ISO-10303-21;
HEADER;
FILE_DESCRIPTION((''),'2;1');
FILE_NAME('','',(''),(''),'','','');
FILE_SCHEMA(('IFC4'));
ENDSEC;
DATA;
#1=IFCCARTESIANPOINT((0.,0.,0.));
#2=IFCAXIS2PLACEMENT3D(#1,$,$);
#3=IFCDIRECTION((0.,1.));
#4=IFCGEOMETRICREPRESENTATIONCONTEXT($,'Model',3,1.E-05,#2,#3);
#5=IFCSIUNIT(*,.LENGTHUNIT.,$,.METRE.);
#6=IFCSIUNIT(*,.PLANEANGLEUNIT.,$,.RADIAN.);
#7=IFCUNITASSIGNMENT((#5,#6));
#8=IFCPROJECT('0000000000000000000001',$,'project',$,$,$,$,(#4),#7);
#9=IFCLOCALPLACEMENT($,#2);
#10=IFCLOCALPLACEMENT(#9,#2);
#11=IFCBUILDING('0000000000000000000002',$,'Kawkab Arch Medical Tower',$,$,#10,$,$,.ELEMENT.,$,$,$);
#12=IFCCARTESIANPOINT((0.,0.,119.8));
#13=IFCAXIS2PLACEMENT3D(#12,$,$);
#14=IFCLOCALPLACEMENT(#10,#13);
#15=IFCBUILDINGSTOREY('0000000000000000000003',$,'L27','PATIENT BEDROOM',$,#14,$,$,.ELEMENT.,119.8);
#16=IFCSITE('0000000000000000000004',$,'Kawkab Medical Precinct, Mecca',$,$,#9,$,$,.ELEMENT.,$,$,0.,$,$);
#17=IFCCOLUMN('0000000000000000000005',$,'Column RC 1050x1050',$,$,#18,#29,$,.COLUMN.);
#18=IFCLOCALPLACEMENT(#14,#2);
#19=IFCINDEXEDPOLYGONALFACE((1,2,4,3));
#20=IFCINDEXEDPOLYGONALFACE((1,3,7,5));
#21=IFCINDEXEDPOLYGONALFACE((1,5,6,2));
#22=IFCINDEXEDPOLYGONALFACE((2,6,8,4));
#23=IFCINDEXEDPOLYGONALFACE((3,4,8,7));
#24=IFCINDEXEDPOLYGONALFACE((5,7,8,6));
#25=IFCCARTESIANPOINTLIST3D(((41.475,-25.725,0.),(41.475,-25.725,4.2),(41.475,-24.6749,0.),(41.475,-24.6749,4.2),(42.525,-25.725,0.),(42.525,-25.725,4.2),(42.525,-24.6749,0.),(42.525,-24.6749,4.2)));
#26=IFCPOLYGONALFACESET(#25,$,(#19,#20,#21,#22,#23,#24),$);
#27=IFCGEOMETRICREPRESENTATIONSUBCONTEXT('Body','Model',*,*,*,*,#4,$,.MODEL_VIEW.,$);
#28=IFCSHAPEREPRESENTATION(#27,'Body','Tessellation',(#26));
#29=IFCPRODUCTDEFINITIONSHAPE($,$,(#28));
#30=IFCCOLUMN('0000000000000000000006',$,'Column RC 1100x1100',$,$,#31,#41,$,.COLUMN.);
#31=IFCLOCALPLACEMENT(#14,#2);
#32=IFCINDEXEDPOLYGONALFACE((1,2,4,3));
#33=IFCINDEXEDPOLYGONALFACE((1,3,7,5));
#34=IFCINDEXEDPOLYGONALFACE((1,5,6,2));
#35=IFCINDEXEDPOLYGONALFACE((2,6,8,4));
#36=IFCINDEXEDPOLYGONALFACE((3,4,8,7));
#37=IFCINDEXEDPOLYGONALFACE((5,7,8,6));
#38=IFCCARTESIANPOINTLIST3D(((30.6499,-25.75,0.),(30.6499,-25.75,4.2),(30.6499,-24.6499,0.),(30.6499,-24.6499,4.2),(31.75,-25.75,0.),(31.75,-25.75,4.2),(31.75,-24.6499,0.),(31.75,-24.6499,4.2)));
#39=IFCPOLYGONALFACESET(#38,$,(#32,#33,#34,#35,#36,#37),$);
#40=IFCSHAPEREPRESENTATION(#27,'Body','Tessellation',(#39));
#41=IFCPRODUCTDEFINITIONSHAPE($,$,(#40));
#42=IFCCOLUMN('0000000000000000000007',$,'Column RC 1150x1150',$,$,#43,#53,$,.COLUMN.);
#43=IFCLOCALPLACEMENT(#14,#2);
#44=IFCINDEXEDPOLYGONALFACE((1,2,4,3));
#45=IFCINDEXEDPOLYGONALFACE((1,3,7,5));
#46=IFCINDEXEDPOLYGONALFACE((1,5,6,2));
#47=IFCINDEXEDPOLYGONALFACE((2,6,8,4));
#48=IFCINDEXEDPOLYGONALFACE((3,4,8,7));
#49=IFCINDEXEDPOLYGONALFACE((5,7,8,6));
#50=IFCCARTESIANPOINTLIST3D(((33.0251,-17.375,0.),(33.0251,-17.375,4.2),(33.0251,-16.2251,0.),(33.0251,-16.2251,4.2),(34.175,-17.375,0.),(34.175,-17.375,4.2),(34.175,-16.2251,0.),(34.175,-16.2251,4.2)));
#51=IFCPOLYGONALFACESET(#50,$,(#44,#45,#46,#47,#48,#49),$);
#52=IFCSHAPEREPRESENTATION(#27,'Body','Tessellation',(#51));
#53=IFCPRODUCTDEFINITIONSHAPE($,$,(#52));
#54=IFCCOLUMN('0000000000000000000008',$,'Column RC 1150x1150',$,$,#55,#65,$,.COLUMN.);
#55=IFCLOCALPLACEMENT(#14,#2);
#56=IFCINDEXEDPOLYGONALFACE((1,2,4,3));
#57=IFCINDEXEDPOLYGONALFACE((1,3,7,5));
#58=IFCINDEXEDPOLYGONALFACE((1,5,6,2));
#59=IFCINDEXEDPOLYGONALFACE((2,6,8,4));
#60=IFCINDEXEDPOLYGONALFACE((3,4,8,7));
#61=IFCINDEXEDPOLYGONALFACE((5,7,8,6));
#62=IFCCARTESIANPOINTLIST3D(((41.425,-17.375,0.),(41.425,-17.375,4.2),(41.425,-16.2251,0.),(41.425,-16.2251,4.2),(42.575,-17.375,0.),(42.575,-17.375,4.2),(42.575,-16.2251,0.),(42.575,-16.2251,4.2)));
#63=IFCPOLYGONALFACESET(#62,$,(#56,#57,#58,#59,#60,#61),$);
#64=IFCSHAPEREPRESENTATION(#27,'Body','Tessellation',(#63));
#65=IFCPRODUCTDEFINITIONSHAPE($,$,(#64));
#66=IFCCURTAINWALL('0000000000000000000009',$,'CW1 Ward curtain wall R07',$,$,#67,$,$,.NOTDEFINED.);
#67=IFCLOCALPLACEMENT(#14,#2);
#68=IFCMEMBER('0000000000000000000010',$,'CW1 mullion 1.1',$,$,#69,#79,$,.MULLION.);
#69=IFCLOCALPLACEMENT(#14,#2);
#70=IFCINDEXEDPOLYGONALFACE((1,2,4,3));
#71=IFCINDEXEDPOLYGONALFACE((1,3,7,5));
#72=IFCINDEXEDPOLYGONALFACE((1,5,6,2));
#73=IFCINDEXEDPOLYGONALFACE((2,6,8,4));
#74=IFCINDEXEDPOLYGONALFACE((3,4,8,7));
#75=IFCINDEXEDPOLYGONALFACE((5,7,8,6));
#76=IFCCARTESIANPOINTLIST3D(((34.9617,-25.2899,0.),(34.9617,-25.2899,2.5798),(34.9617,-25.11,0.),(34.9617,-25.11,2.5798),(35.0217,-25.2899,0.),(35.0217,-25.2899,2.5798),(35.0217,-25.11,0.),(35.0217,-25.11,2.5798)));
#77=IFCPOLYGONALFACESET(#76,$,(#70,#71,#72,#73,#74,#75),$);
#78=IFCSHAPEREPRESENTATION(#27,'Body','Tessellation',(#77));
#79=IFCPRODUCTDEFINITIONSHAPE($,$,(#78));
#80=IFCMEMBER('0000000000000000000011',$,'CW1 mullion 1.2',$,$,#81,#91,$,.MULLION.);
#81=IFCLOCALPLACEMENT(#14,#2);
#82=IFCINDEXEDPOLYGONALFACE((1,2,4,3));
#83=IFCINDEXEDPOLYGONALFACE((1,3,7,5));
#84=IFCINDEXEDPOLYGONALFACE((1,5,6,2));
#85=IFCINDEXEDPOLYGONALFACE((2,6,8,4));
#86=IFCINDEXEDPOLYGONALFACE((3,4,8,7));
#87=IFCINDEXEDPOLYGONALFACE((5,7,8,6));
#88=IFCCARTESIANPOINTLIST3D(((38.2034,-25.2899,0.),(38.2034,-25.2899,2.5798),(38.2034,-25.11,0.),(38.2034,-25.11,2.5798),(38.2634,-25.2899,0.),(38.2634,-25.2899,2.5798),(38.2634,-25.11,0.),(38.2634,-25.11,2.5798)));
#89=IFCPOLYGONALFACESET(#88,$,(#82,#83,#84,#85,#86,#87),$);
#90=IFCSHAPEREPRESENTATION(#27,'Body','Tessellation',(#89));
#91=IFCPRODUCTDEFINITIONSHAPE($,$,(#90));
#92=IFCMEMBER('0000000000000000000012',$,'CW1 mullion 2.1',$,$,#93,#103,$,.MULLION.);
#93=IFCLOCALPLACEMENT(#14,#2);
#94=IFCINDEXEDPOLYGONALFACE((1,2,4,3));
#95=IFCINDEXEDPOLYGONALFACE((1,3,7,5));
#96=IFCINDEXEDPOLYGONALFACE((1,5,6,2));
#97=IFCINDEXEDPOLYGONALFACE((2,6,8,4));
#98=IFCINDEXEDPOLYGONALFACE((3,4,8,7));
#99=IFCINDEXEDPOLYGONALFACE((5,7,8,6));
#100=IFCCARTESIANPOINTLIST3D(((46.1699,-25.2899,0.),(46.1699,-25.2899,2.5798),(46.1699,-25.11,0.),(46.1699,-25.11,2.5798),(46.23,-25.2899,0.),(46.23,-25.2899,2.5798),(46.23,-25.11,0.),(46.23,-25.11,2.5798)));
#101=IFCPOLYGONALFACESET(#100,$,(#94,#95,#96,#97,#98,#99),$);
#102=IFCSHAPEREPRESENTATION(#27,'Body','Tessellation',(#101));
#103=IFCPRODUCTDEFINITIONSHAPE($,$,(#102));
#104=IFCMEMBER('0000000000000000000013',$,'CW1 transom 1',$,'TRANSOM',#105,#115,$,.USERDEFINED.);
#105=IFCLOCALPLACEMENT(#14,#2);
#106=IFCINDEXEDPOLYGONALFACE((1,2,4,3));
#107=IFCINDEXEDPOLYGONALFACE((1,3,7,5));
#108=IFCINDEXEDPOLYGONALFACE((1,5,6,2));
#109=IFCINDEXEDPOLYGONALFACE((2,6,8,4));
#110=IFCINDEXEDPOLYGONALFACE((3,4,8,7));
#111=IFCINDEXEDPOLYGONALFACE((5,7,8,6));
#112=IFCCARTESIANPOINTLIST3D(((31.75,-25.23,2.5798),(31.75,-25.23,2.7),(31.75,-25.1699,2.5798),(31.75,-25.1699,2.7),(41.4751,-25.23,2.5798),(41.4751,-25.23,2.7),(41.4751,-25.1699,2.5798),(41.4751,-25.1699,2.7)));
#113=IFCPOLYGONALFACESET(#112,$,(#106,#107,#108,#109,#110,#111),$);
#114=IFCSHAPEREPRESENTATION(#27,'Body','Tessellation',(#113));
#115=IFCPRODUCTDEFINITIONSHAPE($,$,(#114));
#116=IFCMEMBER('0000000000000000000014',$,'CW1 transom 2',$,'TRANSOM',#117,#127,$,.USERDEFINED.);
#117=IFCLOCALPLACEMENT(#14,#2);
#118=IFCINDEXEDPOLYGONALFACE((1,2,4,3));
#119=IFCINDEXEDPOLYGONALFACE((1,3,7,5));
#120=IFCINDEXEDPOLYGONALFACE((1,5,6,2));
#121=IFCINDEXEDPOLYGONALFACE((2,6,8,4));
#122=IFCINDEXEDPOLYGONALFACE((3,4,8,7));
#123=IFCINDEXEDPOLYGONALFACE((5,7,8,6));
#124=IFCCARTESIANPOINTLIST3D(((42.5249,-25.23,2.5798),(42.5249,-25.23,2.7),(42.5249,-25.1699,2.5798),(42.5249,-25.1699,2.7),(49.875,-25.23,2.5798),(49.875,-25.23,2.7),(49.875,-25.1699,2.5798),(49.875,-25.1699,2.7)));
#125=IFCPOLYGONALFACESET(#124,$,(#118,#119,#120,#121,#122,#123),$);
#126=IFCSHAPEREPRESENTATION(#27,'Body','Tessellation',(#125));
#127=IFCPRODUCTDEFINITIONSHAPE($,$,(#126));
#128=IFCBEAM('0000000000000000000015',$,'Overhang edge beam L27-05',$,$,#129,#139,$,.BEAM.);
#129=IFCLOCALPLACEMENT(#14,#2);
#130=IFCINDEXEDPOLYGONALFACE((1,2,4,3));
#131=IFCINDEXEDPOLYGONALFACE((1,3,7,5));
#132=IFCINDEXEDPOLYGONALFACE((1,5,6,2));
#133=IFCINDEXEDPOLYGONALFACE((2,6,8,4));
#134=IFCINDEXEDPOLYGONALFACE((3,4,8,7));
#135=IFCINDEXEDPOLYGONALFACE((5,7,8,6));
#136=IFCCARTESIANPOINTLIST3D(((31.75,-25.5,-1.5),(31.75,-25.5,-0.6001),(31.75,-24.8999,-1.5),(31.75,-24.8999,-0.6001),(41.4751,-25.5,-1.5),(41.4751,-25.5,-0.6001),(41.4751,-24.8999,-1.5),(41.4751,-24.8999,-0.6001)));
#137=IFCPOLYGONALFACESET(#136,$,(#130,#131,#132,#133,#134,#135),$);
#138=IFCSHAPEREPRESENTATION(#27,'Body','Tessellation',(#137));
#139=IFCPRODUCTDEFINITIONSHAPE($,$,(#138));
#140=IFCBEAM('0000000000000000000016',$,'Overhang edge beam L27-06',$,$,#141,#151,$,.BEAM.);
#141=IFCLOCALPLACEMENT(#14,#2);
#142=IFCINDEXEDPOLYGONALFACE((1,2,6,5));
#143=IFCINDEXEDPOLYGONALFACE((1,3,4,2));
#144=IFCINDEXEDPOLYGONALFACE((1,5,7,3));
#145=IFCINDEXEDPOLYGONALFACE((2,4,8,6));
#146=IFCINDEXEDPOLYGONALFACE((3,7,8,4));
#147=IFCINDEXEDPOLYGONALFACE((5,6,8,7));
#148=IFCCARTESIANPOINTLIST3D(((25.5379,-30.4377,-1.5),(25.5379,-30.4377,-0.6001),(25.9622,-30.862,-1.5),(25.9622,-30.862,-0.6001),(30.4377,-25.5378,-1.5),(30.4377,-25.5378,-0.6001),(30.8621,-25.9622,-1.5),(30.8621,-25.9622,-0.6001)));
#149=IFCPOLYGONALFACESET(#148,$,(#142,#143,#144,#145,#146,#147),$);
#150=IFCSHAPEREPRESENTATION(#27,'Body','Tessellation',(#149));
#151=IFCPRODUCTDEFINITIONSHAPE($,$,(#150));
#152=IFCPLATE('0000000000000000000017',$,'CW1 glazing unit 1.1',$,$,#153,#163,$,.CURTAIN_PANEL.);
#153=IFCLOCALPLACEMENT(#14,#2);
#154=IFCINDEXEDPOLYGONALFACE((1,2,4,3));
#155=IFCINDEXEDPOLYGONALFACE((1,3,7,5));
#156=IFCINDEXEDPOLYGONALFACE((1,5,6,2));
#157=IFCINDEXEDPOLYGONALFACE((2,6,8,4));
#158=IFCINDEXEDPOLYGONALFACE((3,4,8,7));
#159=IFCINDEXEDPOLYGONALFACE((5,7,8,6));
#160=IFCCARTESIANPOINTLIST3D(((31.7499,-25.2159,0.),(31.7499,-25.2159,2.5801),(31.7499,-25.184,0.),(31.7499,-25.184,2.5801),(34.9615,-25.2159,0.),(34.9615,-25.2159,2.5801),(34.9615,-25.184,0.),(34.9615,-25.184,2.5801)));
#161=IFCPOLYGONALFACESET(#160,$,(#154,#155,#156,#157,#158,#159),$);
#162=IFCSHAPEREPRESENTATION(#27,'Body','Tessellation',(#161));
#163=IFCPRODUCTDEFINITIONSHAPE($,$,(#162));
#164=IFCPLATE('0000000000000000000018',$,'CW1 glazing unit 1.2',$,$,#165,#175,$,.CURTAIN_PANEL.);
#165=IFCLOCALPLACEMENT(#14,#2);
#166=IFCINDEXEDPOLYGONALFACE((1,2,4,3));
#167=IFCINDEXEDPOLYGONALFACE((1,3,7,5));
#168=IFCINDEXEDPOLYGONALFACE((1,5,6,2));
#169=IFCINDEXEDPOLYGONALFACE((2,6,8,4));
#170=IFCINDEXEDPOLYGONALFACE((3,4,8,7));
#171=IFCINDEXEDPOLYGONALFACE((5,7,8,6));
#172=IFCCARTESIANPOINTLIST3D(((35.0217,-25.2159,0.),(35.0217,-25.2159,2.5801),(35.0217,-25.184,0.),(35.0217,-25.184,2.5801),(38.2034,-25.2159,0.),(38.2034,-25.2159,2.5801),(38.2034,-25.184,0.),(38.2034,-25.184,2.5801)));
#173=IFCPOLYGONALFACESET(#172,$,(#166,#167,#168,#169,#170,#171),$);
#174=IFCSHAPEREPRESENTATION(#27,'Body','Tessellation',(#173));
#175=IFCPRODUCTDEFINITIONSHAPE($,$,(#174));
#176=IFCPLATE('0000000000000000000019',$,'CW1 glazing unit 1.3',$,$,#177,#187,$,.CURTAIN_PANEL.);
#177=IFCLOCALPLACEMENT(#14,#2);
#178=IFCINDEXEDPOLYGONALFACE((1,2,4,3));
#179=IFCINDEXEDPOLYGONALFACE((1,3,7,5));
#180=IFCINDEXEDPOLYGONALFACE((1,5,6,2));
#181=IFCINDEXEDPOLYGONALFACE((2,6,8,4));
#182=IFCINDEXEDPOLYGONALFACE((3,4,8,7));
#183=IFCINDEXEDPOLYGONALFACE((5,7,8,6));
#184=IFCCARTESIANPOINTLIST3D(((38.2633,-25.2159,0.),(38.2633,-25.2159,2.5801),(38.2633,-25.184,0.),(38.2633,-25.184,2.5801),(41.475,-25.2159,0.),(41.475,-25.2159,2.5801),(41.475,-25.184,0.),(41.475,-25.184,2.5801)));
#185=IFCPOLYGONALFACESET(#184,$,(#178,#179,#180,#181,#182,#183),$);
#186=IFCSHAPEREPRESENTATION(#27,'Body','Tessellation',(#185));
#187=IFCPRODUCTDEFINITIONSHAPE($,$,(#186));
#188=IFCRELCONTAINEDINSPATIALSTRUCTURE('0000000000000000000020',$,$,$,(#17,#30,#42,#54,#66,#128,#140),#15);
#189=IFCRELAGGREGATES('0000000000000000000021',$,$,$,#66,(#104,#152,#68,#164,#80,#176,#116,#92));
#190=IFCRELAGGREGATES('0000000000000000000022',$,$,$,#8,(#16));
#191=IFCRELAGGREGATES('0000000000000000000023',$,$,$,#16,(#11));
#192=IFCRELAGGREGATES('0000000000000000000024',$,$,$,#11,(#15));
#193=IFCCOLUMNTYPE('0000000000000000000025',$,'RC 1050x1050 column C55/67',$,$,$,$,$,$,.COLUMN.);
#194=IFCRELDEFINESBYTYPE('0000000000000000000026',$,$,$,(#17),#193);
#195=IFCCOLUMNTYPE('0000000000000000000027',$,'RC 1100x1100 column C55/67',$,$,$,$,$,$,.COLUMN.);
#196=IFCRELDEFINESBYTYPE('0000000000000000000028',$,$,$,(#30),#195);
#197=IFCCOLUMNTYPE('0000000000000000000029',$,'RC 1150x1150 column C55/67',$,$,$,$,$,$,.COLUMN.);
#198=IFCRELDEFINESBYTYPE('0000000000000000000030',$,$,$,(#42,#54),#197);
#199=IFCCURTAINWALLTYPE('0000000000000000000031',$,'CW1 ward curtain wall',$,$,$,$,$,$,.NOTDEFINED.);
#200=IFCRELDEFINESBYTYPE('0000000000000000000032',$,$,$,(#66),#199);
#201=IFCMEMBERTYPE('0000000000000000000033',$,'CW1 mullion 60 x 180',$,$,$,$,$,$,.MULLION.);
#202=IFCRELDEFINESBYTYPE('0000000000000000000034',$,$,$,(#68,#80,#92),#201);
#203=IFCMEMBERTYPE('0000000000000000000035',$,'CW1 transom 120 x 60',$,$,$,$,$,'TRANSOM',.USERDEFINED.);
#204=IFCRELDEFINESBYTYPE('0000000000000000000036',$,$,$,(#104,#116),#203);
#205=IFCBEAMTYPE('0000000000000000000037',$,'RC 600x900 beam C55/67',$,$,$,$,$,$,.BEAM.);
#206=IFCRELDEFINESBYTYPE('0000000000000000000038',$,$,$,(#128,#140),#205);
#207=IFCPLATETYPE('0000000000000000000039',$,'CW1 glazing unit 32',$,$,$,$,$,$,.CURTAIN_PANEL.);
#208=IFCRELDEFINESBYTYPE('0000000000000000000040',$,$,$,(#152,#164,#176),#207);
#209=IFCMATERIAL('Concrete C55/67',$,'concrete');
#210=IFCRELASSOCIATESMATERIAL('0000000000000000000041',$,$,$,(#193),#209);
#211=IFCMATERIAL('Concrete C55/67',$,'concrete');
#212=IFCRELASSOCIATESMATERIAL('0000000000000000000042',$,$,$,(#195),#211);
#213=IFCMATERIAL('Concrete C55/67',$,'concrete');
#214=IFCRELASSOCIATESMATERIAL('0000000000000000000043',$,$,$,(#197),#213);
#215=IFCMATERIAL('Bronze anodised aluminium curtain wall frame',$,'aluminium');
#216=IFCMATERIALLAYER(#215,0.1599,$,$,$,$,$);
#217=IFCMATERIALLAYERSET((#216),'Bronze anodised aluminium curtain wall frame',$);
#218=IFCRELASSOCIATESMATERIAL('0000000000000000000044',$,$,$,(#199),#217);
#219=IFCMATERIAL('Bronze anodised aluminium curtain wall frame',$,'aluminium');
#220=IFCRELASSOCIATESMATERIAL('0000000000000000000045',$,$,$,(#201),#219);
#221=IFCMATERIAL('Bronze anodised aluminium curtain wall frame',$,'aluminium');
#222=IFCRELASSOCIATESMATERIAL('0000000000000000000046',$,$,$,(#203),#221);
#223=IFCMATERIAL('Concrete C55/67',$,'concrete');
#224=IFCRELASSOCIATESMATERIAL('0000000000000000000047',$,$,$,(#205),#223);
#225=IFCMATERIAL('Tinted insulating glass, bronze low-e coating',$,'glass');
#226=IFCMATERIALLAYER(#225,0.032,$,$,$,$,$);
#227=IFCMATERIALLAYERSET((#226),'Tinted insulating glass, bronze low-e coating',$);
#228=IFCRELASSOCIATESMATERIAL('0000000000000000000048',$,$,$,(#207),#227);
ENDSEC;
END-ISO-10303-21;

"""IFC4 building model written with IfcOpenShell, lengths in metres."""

from ifc_helpers import new_model, si_unit, direction, frame, origin, origin_2d, place, context, subcontext, project, spatial, rectangle, extrude, material, layer, layer_set, material_profile, profile_set, type_object, element, aggregate, save


model = new_model("IFC4")

# Units and contexts
model_context = context("Model", 3, precision=1e-05, world=origin(), true_north=direction((0.0, 1.0)))
body_context = subcontext(model_context, "Body", "Model", "MODEL_VIEW")
ifc_project = project(units=[si_unit("LENGTHUNIT", "METRE"), si_unit("PLANEANGLEUNIT", "RADIAN")], contexts=[model_context])

# Site, building, storey
site_placement = place(None, origin())
site = spatial("IfcSite", under=ifc_project, at=site_placement, Name="Kawkab Medical Precinct, Mecca", CompositionType="ELEMENT", RefElevation=0.0)
building_placement = place(site_placement, origin())
building = spatial("IfcBuilding", under=site, at=building_placement, Name="Kawkab Arch Medical Tower", CompositionType="ELEMENT")
storey_placement = place(building_placement, frame((0.0, 0.0, 119.8)))
storey = spatial("IfcBuildingStorey", under=building, at=storey_placement, Name="L27", Description="PATIENT BEDROOM", CompositionType="ELEMENT", Elevation=119.8)

# Columns
ifc_material_1 = material(Name="Concrete C55/67", Category="concrete")
ifc_material_profile_1 = material_profile(ifc_material_1, rectangle(XDim=1.05, YDim=1.05, at=origin_2d()), Name="RC 1050x1050")
ifc_profile_set_1 = profile_set([ifc_material_profile_1], Name="Concrete C55/67")
column_type_1 = type_object("IfcColumnType", Name="RC 1050x1050 column C55/67", PredefinedType="COLUMN", material=ifc_profile_set_1)
column_1_placement = place(storey_placement, frame((42.0, -25.2, 0.0), z_axis=(0.0, 0.0, 1.0), x_axis=(1.0, 0.0, 0.0)))
element("IfcColumn", 1, at=column_1_placement, inside=storey, type_object=column_type_1, Name="Column RC 1050x1050", PredefinedType="COLUMN", context=body_context, shape_type="SweptSolid", body=[
    extrude(rectangle(XDim=1.05, YDim=1.05, at=origin_2d()), origin(), (0.0, 0.0, 1.0), 4.2),
])
ifc_material_2 = material(Name="Concrete C55/67", Category="concrete")
ifc_material_profile_2 = material_profile(ifc_material_2, rectangle(XDim=1.1001, YDim=1.1001, at=origin_2d()), Name="RC 1100x1100")
ifc_profile_set_2 = profile_set([ifc_material_profile_2], Name="Concrete C55/67")
column_type_2 = type_object("IfcColumnType", Name="RC 1100x1100 column C55/67", PredefinedType="COLUMN", material=ifc_profile_set_2)
column_2_placement = place(storey_placement, frame((31.2, -25.2, 0.0), z_axis=(0.0, 0.0, 1.0), x_axis=(1.0, 0.0, 0.0)))
element("IfcColumn", 2, at=column_2_placement, inside=storey, type_object=column_type_2, Name="Column RC 1100x1100", PredefinedType="COLUMN", context=body_context, shape_type="SweptSolid", body=[
    extrude(rectangle(XDim=1.1001, YDim=1.1001, at=origin_2d()), origin(), (0.0, 0.0, 1.0), 4.2),
])
ifc_material_3 = material(Name="Concrete C55/67", Category="concrete")
ifc_material_profile_3 = material_profile(ifc_material_3, rectangle(XDim=1.1499, YDim=1.1499, at=origin_2d()), Name="RC 1150x1150")
ifc_profile_set_3 = profile_set([ifc_material_profile_3], Name="Concrete C55/67")
column_type_3 = type_object("IfcColumnType", Name="RC 1150x1150 column C55/67", PredefinedType="COLUMN", material=ifc_profile_set_3)
for number, where, z_axis, x_axis, name in (
    (3, (33.6001, -16.8, 0.0), (0.0, 0.0, 1.0), (1.0, 0.0, 0.0), "Column RC 1150x1150"),
    (4, (42.0, -16.8, 0.0), (0.0, 0.0, 1.0), (1.0, 0.0, 0.0), "Column RC 1150x1150"),
):
    element("IfcColumn", number, at=place(storey_placement, frame(where, z_axis=z_axis, x_axis=x_axis)), inside=storey, type_object=column_type_3, Name=name, PredefinedType="COLUMN", context=body_context, shape_type="SweptSolid", body=[
        extrude(rectangle(XDim=1.1499, YDim=1.1499, at=origin_2d()), origin(), (0.0, 0.0, 1.0), 4.2),
    ])

# Curtain wall, members
ifc_material_4 = material(Name="Bronze anodised aluminium curtain wall frame", Category="aluminium")
ifc_layer_1 = layer(ifc_material_4, 0.1599)
ifc_layer_set_1 = layer_set([ifc_layer_1], Name="Bronze anodised aluminium curtain wall frame")
curtain_wall_type = type_object("IfcCurtainWallType", Name="CW1 ward curtain wall", PredefinedType="NOTDEFINED", material=ifc_layer_set_1)
curtain_wall_placement = place(storey_placement, origin())
curtain_wall = element("IfcCurtainWall", 5, at=curtain_wall_placement, inside=storey, type_object=curtain_wall_type, Name="CW1 Ward curtain wall R07", PredefinedType="NOTDEFINED")
ifc_material_5 = material(Name="Bronze anodised aluminium curtain wall frame", Category="aluminium")
ifc_material_profile_4 = material_profile(ifc_material_5, rectangle(XDim=0.1799, YDim=0.0601, at=origin_2d()), Name="AL 60x180")
ifc_profile_set_4 = profile_set([ifc_material_profile_4], Name="Bronze anodised aluminium curtain wall frame")
member_type_1 = type_object("IfcMemberType", Name="CW1 mullion 60 x 180", PredefinedType="MULLION", material=ifc_profile_set_4)
member_1_placement = place(storey_placement, frame((34.9917, -25.2, 0.0), z_axis=(0.0, 0.0, 1.0), x_axis=(0.0, 1.0, 0.0)))
member_1 = element("IfcMember", 6, at=member_1_placement, type_object=member_type_1, Name="CW1 mullion 1.1", PredefinedType="MULLION", context=body_context, shape_type="SweptSolid", body=[
    extrude(rectangle(XDim=0.1799, YDim=0.0601, at=origin_2d()), origin(), (0.0, 0.0, 1.0), 2.5798),
])
member_2_placement = place(storey_placement, frame((38.2334, -25.2, 0.0), z_axis=(0.0, 0.0, 1.0), x_axis=(0.0, 1.0, 0.0)))
member_2 = element("IfcMember", 7, at=member_2_placement, type_object=member_type_1, Name="CW1 mullion 1.2", PredefinedType="MULLION", context=body_context, shape_type="SweptSolid", body=[
    extrude(rectangle(XDim=0.1799, YDim=0.0601, at=origin_2d()), origin(), (0.0, 0.0, 1.0), 2.5798),
])
member_3_placement = place(storey_placement, frame((46.2, -25.2, 0.0), z_axis=(0.0, 0.0, 1.0), x_axis=(0.0, 1.0, 0.0)))
member_3 = element("IfcMember", 8, at=member_3_placement, type_object=member_type_1, Name="CW1 mullion 2.1", PredefinedType="MULLION", context=body_context, shape_type="SweptSolid", body=[
    extrude(rectangle(XDim=0.1799, YDim=0.0601, at=origin_2d()), origin(), (0.0, 0.0, 1.0), 2.5798),
])
ifc_material_6 = material(Name="Bronze anodised aluminium curtain wall frame", Category="aluminium")
ifc_material_profile_5 = material_profile(ifc_material_6, rectangle(XDim=0.0601, YDim=0.1201, at=origin_2d()), Name="AL 60x120")
ifc_profile_set_5 = profile_set([ifc_material_profile_5], Name="Bronze anodised aluminium curtain wall frame")
member_type_2 = type_object("IfcMemberType", Name="CW1 transom 120 x 60", ElementType="TRANSOM", PredefinedType="USERDEFINED", material=ifc_profile_set_5)
member_4_placement = place(storey_placement, frame((31.75, -25.2, 2.6399), z_axis=(1.0, 0.0, 0.0), x_axis=(0.0, 1.0, 0.0)))
member_4 = element("IfcMember", 9, at=member_4_placement, type_object=member_type_2, Name="CW1 transom 1", ObjectType="TRANSOM", PredefinedType="USERDEFINED", context=body_context, shape_type="SweptSolid", body=[
    extrude(rectangle(XDim=0.0601, YDim=0.1201, at=origin_2d()), origin(), (0.0, 0.0, 1.0), 9.7251),
])
member_5_placement = place(storey_placement, frame((42.5249, -25.2, 2.6399), z_axis=(1.0, 0.0, 0.0), x_axis=(0.0, 1.0, 0.0)))
member_5 = element("IfcMember", 10, at=member_5_placement, type_object=member_type_2, Name="CW1 transom 2", ObjectType="TRANSOM", PredefinedType="USERDEFINED", context=body_context, shape_type="SweptSolid", body=[
    extrude(rectangle(XDim=0.0601, YDim=0.1201, at=origin_2d()), origin(), (0.0, 0.0, 1.0), 7.3501),
])

# Beams
ifc_material_7 = material(Name="Concrete C55/67", Category="concrete")
ifc_material_profile_6 = material_profile(ifc_material_7, rectangle(XDim=0.6001, YDim=0.8999, at=origin_2d()), Name="RC 600x900")
ifc_profile_set_6 = profile_set([ifc_material_profile_6], Name="Concrete C55/67")
beam_type = type_object("IfcBeamType", Name="RC 600x900 beam C55/67", PredefinedType="BEAM", material=ifc_profile_set_6)
beam_1_placement = place(storey_placement, frame((41.4751, -25.2, -1.05), z_axis=(-1.0, 0.0, 0.0), x_axis=(0.0, -1.0, 0.0)))
element("IfcBeam", 11, at=beam_1_placement, inside=storey, type_object=beam_type, Name="Overhang edge beam L27-05", PredefinedType="BEAM", context=body_context, shape_type="SweptSolid", body=[
    extrude(rectangle(XDim=0.6001, YDim=0.8999, at=origin_2d()), origin(), (0.0, 0.0, 1.0), 9.7251),
])
beam_2_placement = place(storey_placement, frame((30.6499, -25.75, -1.05), z_axis=(-0.707107, -0.707107, 0.0), x_axis=(0.707107, -0.707107, 0.0)))
element("IfcBeam", 12, at=beam_2_placement, inside=storey, type_object=beam_type, Name="Overhang edge beam L27-06", PredefinedType="BEAM", context=body_context, shape_type="SweptSolid", body=[
    extrude(rectangle(XDim=0.6001, YDim=0.8999, at=origin_2d()), origin(), (0.0, 0.0, 1.0), 6.9294),
])

# Plates
ifc_material_8 = material(Name="Tinted insulating glass, bronze low-e coating", Category="glass")
ifc_layer_2 = layer(ifc_material_8, 0.032)
ifc_layer_set_2 = layer_set([ifc_layer_2], Name="Tinted insulating glass, bronze low-e coating")
plate_type = type_object("IfcPlateType", Name="CW1 glazing unit 32", PredefinedType="CURTAIN_PANEL", material=ifc_layer_set_2)
plate_1_placement = place(storey_placement, frame((33.3557, -25.2, 0.0), z_axis=(0.0, 0.0, 1.0), x_axis=(1.0, 0.0, 0.0)))
plate_1 = element("IfcPlate", 13, at=plate_1_placement, type_object=plate_type, Name="CW1 glazing unit 1.1", PredefinedType="CURTAIN_PANEL", context=body_context, shape_type="SweptSolid", body=[
    extrude(rectangle(XDim=3.2117, YDim=0.032, at=origin_2d()), origin(), (0.0, 0.0, 1.0), 2.5801),
])
plate_2_placement = place(storey_placement, frame((36.6125, -25.2, 0.0), z_axis=(0.0, 0.0, 1.0), x_axis=(1.0, 0.0, 0.0)))
plate_2 = element("IfcPlate", 14, at=plate_2_placement, type_object=plate_type, Name="CW1 glazing unit 1.2", PredefinedType="CURTAIN_PANEL", context=body_context, shape_type="SweptSolid", body=[
    extrude(rectangle(XDim=3.1816, YDim=0.032, at=origin_2d()), origin(), (0.0, 0.0, 1.0), 2.5801),
])
plate_3_placement = place(storey_placement, frame((39.8691, -25.2, 0.0), z_axis=(0.0, 0.0, 1.0), x_axis=(1.0, 0.0, 0.0)))
plate_3 = element("IfcPlate", 15, at=plate_3_placement, type_object=plate_type, Name="CW1 glazing unit 1.3", PredefinedType="CURTAIN_PANEL", context=body_context, shape_type="SweptSolid", body=[
    extrude(rectangle(XDim=3.2117, YDim=0.032, at=origin_2d()), origin(), (0.0, 0.0, 1.0), 2.5801),
])
aggregate(curtain_wall, [member_4, plate_1, member_1, plate_2, member_2, plate_3, member_5, member_3])

save(model, "model.ifc")
